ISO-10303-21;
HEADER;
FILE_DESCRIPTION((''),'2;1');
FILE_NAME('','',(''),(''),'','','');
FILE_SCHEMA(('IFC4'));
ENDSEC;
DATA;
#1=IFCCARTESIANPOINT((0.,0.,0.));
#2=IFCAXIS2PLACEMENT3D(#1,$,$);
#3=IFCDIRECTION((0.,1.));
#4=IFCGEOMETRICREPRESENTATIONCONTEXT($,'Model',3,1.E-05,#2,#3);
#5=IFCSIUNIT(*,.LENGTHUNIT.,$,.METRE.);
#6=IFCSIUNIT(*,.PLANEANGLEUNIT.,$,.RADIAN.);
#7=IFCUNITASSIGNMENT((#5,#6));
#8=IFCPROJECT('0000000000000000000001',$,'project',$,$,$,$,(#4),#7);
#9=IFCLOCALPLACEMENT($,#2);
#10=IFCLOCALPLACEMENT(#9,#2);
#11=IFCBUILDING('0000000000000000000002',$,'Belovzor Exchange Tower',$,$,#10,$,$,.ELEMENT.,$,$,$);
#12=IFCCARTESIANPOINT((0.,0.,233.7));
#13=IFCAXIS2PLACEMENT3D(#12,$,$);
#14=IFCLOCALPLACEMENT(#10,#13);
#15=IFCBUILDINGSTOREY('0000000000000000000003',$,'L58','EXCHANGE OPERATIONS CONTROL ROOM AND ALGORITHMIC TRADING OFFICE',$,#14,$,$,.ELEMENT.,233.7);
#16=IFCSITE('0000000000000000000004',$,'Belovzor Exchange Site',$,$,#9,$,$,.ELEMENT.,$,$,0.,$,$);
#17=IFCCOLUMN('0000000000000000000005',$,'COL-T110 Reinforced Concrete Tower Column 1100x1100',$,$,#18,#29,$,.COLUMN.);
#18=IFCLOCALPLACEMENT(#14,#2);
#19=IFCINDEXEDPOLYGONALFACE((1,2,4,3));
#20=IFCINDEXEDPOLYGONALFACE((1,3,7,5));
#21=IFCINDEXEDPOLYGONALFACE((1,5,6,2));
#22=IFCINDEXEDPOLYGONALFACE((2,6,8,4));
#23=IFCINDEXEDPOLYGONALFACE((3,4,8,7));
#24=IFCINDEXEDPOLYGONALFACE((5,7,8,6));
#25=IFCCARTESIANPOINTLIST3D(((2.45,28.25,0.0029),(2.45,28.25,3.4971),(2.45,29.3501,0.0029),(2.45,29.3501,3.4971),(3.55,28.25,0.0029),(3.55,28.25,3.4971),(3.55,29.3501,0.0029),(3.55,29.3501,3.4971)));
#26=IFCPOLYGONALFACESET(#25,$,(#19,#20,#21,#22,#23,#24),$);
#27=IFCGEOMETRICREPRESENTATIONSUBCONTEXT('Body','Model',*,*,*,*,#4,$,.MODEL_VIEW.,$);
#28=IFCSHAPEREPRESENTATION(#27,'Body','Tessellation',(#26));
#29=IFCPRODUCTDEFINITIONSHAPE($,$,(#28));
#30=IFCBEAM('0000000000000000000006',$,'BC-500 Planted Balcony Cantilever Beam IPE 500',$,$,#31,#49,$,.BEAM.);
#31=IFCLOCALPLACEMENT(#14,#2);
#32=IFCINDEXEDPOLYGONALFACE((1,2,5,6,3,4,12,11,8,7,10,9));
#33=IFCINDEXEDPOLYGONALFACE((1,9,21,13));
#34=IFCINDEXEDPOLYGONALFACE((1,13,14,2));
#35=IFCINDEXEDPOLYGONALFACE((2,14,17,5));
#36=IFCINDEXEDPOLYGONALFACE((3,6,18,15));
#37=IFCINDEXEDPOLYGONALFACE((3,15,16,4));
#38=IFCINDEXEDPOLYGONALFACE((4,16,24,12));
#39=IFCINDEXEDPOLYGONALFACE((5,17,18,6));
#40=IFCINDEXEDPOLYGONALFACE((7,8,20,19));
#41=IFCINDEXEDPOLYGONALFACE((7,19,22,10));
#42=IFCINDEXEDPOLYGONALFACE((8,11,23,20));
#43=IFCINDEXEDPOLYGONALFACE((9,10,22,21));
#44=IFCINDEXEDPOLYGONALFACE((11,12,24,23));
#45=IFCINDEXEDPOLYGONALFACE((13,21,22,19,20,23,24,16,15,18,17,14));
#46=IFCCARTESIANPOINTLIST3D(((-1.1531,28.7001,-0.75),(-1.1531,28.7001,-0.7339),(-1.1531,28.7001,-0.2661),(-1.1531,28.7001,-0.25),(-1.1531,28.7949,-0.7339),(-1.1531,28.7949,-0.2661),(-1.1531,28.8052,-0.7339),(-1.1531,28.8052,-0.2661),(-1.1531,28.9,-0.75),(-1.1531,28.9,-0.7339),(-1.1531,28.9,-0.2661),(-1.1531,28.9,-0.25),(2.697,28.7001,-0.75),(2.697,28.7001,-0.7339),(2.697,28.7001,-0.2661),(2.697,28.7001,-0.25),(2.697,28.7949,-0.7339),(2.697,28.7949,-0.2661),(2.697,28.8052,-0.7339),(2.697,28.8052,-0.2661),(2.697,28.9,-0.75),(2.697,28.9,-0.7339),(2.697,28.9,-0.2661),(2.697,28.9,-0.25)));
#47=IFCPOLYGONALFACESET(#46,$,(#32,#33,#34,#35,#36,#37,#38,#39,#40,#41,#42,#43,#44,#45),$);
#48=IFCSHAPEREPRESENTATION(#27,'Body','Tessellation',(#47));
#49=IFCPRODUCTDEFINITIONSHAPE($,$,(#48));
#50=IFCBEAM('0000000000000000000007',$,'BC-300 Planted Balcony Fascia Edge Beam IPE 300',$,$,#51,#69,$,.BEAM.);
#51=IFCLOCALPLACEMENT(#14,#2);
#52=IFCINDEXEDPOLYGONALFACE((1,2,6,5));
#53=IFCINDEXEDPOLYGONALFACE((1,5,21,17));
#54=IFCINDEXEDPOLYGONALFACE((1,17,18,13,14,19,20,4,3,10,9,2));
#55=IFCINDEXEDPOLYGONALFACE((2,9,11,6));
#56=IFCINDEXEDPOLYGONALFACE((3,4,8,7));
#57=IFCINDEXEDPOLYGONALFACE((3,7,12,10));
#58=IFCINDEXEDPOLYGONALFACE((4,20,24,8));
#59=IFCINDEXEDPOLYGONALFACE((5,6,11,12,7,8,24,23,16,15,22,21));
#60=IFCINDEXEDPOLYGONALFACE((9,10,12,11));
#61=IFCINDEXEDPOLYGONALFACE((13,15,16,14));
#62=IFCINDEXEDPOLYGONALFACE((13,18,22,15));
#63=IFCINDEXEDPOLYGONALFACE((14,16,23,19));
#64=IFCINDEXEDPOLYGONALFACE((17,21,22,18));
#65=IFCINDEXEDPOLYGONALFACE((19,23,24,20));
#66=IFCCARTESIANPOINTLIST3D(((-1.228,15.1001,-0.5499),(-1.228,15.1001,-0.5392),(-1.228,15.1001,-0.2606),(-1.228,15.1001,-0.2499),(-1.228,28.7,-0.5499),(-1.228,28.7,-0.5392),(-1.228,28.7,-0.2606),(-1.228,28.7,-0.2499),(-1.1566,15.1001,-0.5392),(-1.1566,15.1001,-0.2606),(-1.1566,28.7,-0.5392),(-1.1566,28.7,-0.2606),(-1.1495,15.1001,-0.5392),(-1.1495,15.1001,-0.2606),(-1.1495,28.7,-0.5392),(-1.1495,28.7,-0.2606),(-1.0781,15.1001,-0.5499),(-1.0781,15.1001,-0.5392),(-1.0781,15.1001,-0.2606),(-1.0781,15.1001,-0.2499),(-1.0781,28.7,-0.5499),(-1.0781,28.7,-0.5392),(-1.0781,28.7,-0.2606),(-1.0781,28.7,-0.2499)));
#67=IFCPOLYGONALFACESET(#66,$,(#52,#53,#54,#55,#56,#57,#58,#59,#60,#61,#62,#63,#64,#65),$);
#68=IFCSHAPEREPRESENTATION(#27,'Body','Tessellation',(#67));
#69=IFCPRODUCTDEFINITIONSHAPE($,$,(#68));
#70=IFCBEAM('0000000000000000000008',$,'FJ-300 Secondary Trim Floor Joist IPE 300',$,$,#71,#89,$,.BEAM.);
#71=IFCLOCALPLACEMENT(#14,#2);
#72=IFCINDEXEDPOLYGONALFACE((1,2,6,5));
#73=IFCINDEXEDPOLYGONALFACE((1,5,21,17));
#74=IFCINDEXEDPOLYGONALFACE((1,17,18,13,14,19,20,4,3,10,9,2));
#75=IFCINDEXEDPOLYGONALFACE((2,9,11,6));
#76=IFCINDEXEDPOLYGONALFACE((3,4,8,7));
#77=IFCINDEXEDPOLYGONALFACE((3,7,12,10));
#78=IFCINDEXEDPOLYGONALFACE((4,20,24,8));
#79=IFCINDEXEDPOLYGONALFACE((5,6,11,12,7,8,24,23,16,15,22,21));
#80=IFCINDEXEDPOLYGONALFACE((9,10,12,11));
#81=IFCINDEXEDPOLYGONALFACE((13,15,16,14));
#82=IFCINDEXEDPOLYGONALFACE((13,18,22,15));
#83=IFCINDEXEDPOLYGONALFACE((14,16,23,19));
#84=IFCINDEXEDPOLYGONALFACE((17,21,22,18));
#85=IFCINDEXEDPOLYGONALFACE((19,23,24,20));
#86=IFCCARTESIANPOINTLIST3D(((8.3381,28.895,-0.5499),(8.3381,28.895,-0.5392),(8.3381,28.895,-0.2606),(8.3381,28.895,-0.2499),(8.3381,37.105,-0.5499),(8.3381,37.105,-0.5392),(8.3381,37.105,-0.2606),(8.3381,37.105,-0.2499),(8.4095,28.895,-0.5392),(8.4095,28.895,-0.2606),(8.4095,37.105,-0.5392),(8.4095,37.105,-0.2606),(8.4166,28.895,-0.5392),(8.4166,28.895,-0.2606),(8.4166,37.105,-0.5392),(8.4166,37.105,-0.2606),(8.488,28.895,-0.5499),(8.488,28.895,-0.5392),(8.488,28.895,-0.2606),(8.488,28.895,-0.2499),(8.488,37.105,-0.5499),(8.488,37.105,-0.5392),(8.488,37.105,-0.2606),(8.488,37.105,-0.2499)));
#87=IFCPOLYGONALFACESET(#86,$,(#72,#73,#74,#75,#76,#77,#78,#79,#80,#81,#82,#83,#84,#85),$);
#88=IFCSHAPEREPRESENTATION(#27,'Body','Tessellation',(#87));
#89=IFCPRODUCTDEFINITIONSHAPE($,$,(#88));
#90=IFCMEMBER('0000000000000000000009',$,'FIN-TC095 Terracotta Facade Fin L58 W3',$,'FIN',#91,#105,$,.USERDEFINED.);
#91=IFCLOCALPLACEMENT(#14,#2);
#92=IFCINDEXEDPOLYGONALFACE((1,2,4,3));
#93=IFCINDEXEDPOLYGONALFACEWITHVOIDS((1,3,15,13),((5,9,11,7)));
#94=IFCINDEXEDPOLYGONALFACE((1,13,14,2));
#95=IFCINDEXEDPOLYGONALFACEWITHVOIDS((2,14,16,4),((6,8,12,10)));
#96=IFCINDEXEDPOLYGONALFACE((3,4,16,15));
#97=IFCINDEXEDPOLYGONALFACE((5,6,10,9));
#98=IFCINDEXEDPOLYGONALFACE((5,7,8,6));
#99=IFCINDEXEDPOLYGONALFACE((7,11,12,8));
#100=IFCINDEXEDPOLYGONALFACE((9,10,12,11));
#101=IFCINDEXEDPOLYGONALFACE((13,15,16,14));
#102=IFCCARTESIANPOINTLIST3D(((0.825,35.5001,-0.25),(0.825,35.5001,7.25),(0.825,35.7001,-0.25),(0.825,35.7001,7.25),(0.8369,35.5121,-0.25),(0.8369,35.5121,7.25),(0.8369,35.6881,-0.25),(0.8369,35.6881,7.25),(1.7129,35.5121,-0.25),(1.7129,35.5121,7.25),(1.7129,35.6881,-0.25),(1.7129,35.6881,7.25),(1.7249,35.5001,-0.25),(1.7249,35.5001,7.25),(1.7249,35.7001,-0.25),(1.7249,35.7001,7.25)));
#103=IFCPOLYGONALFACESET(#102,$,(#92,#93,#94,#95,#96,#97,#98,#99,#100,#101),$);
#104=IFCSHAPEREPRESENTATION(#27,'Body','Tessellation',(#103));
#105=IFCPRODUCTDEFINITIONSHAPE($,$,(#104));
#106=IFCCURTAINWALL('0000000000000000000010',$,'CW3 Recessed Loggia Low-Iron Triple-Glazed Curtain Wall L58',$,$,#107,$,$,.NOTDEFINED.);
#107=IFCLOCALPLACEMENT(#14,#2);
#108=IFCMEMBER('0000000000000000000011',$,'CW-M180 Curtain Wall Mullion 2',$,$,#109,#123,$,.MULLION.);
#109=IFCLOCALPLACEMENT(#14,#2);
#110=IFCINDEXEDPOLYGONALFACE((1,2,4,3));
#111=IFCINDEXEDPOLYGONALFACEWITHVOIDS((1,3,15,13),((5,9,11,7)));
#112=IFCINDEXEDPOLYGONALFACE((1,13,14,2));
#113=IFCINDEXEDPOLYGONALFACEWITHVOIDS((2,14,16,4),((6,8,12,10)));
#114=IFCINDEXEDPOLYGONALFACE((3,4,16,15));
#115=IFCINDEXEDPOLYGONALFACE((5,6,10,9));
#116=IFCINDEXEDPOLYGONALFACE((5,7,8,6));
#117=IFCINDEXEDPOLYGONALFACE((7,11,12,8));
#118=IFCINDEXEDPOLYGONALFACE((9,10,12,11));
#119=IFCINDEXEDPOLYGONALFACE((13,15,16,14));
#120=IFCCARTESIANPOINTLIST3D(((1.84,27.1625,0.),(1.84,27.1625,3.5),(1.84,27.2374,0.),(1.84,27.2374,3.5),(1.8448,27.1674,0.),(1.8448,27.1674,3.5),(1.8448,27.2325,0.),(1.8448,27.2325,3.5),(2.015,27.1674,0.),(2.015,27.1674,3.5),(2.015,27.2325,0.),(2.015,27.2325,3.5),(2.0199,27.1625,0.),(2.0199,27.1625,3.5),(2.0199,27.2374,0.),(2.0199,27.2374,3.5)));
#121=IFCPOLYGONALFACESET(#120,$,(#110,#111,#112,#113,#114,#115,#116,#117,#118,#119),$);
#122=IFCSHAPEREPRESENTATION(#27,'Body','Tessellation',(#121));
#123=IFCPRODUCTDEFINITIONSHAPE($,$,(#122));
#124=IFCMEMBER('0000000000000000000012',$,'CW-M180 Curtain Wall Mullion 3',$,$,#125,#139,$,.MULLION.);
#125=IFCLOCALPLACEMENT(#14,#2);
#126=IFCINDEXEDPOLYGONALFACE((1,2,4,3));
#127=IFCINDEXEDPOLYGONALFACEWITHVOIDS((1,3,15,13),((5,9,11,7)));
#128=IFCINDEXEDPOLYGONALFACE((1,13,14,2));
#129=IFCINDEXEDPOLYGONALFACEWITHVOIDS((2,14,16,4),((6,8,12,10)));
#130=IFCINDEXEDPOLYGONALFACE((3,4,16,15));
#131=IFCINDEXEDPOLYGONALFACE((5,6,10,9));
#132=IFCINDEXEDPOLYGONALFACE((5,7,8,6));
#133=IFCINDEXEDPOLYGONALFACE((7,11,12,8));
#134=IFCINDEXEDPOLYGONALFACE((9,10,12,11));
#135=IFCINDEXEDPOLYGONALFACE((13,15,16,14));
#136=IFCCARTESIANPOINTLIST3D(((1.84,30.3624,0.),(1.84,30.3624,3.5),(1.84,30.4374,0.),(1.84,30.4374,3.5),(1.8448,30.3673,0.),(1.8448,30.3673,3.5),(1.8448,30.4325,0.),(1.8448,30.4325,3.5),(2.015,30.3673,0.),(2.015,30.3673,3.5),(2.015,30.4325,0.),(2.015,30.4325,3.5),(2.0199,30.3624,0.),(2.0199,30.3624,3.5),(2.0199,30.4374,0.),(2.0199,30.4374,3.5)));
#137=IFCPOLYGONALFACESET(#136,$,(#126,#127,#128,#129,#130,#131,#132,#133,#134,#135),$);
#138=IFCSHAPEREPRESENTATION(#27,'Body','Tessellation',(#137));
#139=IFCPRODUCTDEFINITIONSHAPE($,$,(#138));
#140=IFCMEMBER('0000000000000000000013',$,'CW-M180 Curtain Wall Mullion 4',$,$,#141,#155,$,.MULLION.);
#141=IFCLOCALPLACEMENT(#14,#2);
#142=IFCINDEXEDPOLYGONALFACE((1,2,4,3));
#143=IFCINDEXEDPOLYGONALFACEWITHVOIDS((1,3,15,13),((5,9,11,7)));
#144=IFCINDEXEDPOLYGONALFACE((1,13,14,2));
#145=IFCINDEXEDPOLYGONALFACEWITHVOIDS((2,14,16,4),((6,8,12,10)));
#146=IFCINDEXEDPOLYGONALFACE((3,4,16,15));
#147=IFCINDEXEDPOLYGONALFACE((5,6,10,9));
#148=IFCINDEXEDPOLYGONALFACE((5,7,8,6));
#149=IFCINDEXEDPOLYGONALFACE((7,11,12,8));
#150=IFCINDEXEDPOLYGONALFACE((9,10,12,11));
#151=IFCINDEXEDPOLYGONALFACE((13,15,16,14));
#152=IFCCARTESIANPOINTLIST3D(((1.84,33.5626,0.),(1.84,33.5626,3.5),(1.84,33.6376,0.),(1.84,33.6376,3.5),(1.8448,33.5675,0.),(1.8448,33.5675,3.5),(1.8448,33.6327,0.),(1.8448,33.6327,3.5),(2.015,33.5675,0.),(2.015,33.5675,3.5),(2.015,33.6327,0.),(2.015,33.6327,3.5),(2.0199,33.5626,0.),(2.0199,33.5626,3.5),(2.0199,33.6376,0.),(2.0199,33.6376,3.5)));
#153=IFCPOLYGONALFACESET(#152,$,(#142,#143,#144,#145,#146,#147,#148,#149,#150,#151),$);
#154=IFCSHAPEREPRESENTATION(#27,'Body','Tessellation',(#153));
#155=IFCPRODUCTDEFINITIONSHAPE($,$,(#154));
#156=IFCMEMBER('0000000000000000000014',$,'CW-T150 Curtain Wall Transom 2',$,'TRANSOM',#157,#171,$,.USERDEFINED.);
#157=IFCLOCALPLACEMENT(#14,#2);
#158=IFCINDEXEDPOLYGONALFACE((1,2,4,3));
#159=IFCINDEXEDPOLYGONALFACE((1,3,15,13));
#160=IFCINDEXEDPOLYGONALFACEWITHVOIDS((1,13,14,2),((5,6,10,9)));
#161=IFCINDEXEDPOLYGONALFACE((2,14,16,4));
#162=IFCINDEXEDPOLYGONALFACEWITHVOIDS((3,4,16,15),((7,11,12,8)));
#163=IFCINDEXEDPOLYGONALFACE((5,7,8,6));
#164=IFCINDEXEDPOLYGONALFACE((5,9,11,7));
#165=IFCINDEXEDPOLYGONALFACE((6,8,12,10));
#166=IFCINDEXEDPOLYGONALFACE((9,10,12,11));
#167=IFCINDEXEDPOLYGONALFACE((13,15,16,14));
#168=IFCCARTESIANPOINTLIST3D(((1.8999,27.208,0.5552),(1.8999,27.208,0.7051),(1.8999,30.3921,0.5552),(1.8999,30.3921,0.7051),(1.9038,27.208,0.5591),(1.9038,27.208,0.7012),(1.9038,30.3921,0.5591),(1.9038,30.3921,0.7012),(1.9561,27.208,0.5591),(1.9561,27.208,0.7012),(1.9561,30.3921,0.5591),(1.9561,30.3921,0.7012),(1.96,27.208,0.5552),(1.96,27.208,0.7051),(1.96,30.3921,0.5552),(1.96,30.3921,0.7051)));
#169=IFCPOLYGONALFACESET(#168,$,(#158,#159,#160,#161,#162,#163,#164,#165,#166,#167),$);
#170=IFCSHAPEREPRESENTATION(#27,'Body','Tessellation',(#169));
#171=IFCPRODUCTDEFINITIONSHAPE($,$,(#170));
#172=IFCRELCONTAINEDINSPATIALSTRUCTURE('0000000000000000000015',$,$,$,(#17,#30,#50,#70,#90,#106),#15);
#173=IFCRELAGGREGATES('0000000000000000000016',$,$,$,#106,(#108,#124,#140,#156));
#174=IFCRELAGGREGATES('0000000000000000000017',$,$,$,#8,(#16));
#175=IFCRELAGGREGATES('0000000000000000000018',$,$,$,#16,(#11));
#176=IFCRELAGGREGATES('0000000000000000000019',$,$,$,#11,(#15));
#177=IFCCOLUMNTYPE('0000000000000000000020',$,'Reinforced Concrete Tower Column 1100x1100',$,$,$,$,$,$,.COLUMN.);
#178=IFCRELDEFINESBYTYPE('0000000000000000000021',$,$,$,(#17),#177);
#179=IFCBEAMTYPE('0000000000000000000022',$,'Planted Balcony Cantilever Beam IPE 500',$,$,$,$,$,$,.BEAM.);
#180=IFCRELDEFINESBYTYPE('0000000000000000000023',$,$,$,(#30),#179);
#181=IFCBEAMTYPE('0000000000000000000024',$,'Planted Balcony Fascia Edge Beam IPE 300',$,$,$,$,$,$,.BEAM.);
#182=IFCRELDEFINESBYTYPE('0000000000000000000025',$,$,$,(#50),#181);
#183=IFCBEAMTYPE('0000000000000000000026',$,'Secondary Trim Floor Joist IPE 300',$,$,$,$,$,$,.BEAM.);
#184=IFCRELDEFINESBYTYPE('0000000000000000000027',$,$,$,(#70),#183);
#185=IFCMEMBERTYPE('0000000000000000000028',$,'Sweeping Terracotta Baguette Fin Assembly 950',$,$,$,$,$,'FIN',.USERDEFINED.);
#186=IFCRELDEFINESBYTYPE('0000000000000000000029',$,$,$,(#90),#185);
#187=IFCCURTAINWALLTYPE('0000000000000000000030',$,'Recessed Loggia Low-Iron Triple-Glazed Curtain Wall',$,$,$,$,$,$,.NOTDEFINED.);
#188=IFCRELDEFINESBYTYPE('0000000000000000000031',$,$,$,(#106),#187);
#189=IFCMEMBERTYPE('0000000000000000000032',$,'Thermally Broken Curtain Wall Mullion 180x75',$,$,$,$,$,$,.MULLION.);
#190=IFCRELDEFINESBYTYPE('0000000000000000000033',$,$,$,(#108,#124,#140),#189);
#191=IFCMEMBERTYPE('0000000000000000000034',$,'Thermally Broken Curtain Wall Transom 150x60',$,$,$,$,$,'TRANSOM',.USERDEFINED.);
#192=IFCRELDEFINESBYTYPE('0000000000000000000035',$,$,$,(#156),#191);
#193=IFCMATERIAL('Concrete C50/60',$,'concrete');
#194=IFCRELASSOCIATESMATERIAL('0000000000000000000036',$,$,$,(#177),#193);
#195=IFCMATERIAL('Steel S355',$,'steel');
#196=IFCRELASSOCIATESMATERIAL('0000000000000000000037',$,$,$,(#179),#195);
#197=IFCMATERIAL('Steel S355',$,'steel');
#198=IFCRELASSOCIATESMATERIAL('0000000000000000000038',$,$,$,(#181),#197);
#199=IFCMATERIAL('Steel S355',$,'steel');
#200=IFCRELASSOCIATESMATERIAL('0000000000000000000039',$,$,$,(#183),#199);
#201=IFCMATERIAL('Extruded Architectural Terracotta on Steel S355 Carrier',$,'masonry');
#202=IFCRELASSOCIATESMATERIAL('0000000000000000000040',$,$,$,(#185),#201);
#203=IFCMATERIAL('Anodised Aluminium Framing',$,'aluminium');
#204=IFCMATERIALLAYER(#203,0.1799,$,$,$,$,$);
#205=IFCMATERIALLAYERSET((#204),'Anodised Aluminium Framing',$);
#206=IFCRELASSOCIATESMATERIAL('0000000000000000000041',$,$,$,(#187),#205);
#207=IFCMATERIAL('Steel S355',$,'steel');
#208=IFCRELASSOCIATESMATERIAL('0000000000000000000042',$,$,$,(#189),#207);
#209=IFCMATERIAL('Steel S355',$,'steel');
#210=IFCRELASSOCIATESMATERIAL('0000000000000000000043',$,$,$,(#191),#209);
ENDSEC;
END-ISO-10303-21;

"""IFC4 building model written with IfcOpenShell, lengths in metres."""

from ifc_helpers import new_model, si_unit, direction, frame, origin, origin_2d, place, context, subcontext, project, spatial, rectangle, hollow_rectangle, i_section, extrude, material, layer, layer_set, material_profile, profile_set, type_object, element, aggregate, save


model = new_model("IFC4")

# Units and contexts
model_context = context("Model", 3, precision=1e-05, world=origin(), true_north=direction((0.0, 1.0)))
body_context = subcontext(model_context, "Body", "Model", "MODEL_VIEW")
ifc_project = project(units=[si_unit("LENGTHUNIT", "METRE"), si_unit("PLANEANGLEUNIT", "RADIAN")], contexts=[model_context])

# Site, building, storey
site_placement = place(None, origin())
site = spatial("IfcSite", under=ifc_project, at=site_placement, Name="Belovzor Exchange Site", CompositionType="ELEMENT", RefElevation=0.0)
building_placement = place(site_placement, origin())
building = spatial("IfcBuilding", under=site, at=building_placement, Name="Belovzor Exchange Tower", CompositionType="ELEMENT")
storey_placement = place(building_placement, frame((0.0, 0.0, 233.7)))
storey = spatial("IfcBuildingStorey", under=building, at=storey_placement, Name="L58", Description="EXCHANGE OPERATIONS CONTROL ROOM AND ALGORITHMIC TRADING OFFICE", CompositionType="ELEMENT", Elevation=233.7)

# Column
ifc_material_1 = material(Name="Concrete C50/60", Category="concrete")
ifc_material_profile_1 = material_profile(ifc_material_1, rectangle(XDim=1.1001, YDim=1.1001, at=origin_2d()))
ifc_profile_set_1 = profile_set([ifc_material_profile_1], Name="Concrete C50/60")
column_type = type_object("IfcColumnType", Name="Reinforced Concrete Tower Column 1100x1100", PredefinedType="COLUMN", material=ifc_profile_set_1)
column_placement = place(storey_placement, frame((3.0, 28.8, 0.0029), z_axis=(0.0, 0.0, 1.0), x_axis=(1.0, 0.0, 0.0)))
element("IfcColumn", 1, at=column_placement, inside=storey, type_object=column_type, Name="COL-T110 Reinforced Concrete Tower Column 1100x1100", PredefinedType="COLUMN", context=body_context, shape_type="SweptSolid", body=[
    extrude(rectangle(XDim=1.1001, YDim=1.1001, at=origin_2d()), origin(), (0.0, 0.0, 1.0), 3.4941),
])

# Beams
ifc_material_2 = material(Name="Steel S355", Category="steel")
ifc_material_profile_2 = material_profile(ifc_material_2, i_section(OverallWidth=0.2, OverallDepth=0.5, WebThickness=0.0103, FlangeThickness=0.0161, at=origin_2d()))
ifc_profile_set_2 = profile_set([ifc_material_profile_2], Name="Steel S355")
beam_type_1 = type_object("IfcBeamType", Name="Planted Balcony Cantilever Beam IPE 500", PredefinedType="BEAM", material=ifc_profile_set_2)
beam_1_placement = place(storey_placement, frame((2.697, 28.8, -0.5), z_axis=(-1.0, 0.0, 0.0), x_axis=(0.0, -1.0, 0.0)))
element("IfcBeam", 2, at=beam_1_placement, inside=storey, type_object=beam_type_1, Name="BC-500 Planted Balcony Cantilever Beam IPE 500", PredefinedType="BEAM", context=body_context, shape_type="SweptSolid", body=[
    extrude(i_section(OverallWidth=0.2, OverallDepth=0.5, WebThickness=0.0103, FlangeThickness=0.0161, at=origin_2d()), origin(), (0.0, 0.0, 1.0), 3.8501),
])
ifc_material_3 = material(Name="Steel S355", Category="steel")
ifc_material_profile_3 = material_profile(ifc_material_3, i_section(OverallWidth=0.1499, OverallDepth=0.3, WebThickness=0.0071, FlangeThickness=0.0107, at=origin_2d()))
ifc_profile_set_3 = profile_set([ifc_material_profile_3], Name="Steel S355")
beam_type_2 = type_object("IfcBeamType", Name="Planted Balcony Fascia Edge Beam IPE 300", PredefinedType="BEAM", material=ifc_profile_set_3)
beam_2_placement = place(storey_placement, frame((-1.1531, 28.7, -0.3999), z_axis=(0.0, -1.0, 0.0), x_axis=(1.0, 0.0, 0.0)))
element("IfcBeam", 3, at=beam_2_placement, inside=storey, type_object=beam_type_2, Name="BC-300 Planted Balcony Fascia Edge Beam IPE 300", PredefinedType="BEAM", context=body_context, shape_type="SweptSolid", body=[
    extrude(i_section(OverallWidth=0.1499, OverallDepth=0.3, WebThickness=0.0071, FlangeThickness=0.0107, at=origin_2d()), origin(), (0.0, 0.0, 1.0), 13.5999),
])
ifc_material_4 = material(Name="Steel S355", Category="steel")
ifc_material_profile_4 = material_profile(ifc_material_4, i_section(OverallWidth=0.1499, OverallDepth=0.3, WebThickness=0.0071, FlangeThickness=0.0107, at=origin_2d()))
ifc_profile_set_4 = profile_set([ifc_material_profile_4], Name="Steel S355")
beam_type_3 = type_object("IfcBeamType", Name="Secondary Trim Floor Joist IPE 300", PredefinedType="BEAM", material=ifc_profile_set_4)
beam_3_placement = place(storey_placement, frame((8.4131, 28.895, -0.3999), z_axis=(0.0, 1.0, 0.0), x_axis=(-1.0, 0.0, 0.0)))
element("IfcBeam", 4, at=beam_3_placement, inside=storey, type_object=beam_type_3, Name="FJ-300 Secondary Trim Floor Joist IPE 300", PredefinedType="BEAM", context=body_context, shape_type="SweptSolid", body=[
    extrude(i_section(OverallWidth=0.1499, OverallDepth=0.3, WebThickness=0.0071, FlangeThickness=0.0107, at=origin_2d()), origin(), (0.0, 0.0, 1.0), 8.21),
])

# Member
ifc_material_5 = material(Name="Extruded Architectural Terracotta on Steel S355 Carrier", Category="masonry")
ifc_material_profile_5 = material_profile(ifc_material_5, hollow_rectangle(XDim=0.2, YDim=0.8999, WallThickness=0.012, at=origin_2d()))
ifc_profile_set_5 = profile_set([ifc_material_profile_5], Name="Extruded Architectural Terracotta on Steel S355 Carrier")
member_type_1 = type_object("IfcMemberType", Name="Sweeping Terracotta Baguette Fin Assembly 950", ElementType="FIN", PredefinedType="USERDEFINED", material=ifc_profile_set_5)
member_1_placement = place(storey_placement, frame((1.2749, 35.6001, -0.25), z_axis=(0.0, 0.0, 1.0), x_axis=(0.0, 1.0, 0.0)))
element("IfcMember", 5, at=member_1_placement, inside=storey, type_object=member_type_1, Name="FIN-TC095 Terracotta Facade Fin L58 W3", ObjectType="FIN", PredefinedType="USERDEFINED", context=body_context, shape_type="SweptSolid", body=[
    extrude(hollow_rectangle(XDim=0.2, YDim=0.8999, WallThickness=0.012, at=origin_2d()), origin(), (0.0, 0.0, 1.0), 7.5),
])

# Curtain wall, members
ifc_material_6 = material(Name="Anodised Aluminium Framing", Category="aluminium")
ifc_layer_1 = layer(ifc_material_6, 0.1799)
ifc_layer_set_1 = layer_set([ifc_layer_1], Name="Anodised Aluminium Framing")
curtain_wall_type = type_object("IfcCurtainWallType", Name="Recessed Loggia Low-Iron Triple-Glazed Curtain Wall", PredefinedType="NOTDEFINED", material=ifc_layer_set_1)
curtain_wall_placement = place(storey_placement, origin())
curtain_wall = element("IfcCurtainWall", 6, at=curtain_wall_placement, inside=storey, type_object=curtain_wall_type, Name="CW3 Recessed Loggia Low-Iron Triple-Glazed Curtain Wall L58", PredefinedType="NOTDEFINED")
ifc_material_7 = material(Name="Steel S355", Category="steel")
ifc_material_profile_6 = material_profile(ifc_material_7, hollow_rectangle(XDim=0.075, YDim=0.1799, WallThickness=0.0049, at=origin_2d()))
ifc_profile_set_6 = profile_set([ifc_material_profile_6], Name="Steel S355")
member_type_2 = type_object("IfcMemberType", Name="Thermally Broken Curtain Wall Mullion 180x75", PredefinedType="MULLION", material=ifc_profile_set_6)
member_2_placement = place(storey_placement, frame((1.9299, 27.2, 0.0), z_axis=(0.0, 0.0, 1.0), x_axis=(0.0, 1.0, 0.0)))
member_2 = element("IfcMember", 7, at=member_2_placement, type_object=member_type_2, Name="CW-M180 Curtain Wall Mullion 2", PredefinedType="MULLION", context=body_context, shape_type="SweptSolid", body=[
    extrude(hollow_rectangle(XDim=0.075, YDim=0.1799, WallThickness=0.0049, at=origin_2d()), origin(), (0.0, 0.0, 1.0), 3.5),
])
member_3_placement = place(storey_placement, frame((1.9299, 30.3999, 0.0), z_axis=(0.0, 0.0, 1.0), x_axis=(0.0, 1.0, 0.0)))
member_3 = element("IfcMember", 8, at=member_3_placement, type_object=member_type_2, Name="CW-M180 Curtain Wall Mullion 3", PredefinedType="MULLION", context=body_context, shape_type="SweptSolid", body=[
    extrude(hollow_rectangle(XDim=0.075, YDim=0.1799, WallThickness=0.0049, at=origin_2d()), origin(), (0.0, 0.0, 1.0), 3.5),
])
member_4_placement = place(storey_placement, frame((1.9299, 33.6001, 0.0), z_axis=(0.0, 0.0, 1.0), x_axis=(0.0, 1.0, 0.0)))
member_4 = element("IfcMember", 9, at=member_4_placement, type_object=member_type_2, Name="CW-M180 Curtain Wall Mullion 4", PredefinedType="MULLION", context=body_context, shape_type="SweptSolid", body=[
    extrude(hollow_rectangle(XDim=0.075, YDim=0.1799, WallThickness=0.0049, at=origin_2d()), origin(), (0.0, 0.0, 1.0), 3.5),
])
ifc_material_8 = material(Name="Steel S355", Category="steel")
ifc_material_profile_7 = material_profile(ifc_material_8, hollow_rectangle(XDim=0.0601, YDim=0.1499, WallThickness=0.0039, at=origin_2d()))
ifc_profile_set_7 = profile_set([ifc_material_profile_7], Name="Steel S355")
member_type_3 = type_object("IfcMemberType", Name="Thermally Broken Curtain Wall Transom 150x60", ElementType="TRANSOM", PredefinedType="USERDEFINED", material=ifc_profile_set_7)
member_5_placement = place(storey_placement, frame((1.9299, 27.208, 0.6301), z_axis=(0.0, 1.0, 0.0), x_axis=(-1.0, 0.0, 0.0)))
member_5 = element("IfcMember", 10, at=member_5_placement, type_object=member_type_3, Name="CW-T150 Curtain Wall Transom 2", ObjectType="TRANSOM", PredefinedType="USERDEFINED", context=body_context, shape_type="SweptSolid", body=[
    extrude(hollow_rectangle(XDim=0.0601, YDim=0.1499, WallThickness=0.0039, at=origin_2d()), origin(), (0.0, 0.0, 1.0), 3.1841),
])

aggregate(curtain_wall, [member_2, member_3, member_4, member_5])

save(model, "model.ifc")
